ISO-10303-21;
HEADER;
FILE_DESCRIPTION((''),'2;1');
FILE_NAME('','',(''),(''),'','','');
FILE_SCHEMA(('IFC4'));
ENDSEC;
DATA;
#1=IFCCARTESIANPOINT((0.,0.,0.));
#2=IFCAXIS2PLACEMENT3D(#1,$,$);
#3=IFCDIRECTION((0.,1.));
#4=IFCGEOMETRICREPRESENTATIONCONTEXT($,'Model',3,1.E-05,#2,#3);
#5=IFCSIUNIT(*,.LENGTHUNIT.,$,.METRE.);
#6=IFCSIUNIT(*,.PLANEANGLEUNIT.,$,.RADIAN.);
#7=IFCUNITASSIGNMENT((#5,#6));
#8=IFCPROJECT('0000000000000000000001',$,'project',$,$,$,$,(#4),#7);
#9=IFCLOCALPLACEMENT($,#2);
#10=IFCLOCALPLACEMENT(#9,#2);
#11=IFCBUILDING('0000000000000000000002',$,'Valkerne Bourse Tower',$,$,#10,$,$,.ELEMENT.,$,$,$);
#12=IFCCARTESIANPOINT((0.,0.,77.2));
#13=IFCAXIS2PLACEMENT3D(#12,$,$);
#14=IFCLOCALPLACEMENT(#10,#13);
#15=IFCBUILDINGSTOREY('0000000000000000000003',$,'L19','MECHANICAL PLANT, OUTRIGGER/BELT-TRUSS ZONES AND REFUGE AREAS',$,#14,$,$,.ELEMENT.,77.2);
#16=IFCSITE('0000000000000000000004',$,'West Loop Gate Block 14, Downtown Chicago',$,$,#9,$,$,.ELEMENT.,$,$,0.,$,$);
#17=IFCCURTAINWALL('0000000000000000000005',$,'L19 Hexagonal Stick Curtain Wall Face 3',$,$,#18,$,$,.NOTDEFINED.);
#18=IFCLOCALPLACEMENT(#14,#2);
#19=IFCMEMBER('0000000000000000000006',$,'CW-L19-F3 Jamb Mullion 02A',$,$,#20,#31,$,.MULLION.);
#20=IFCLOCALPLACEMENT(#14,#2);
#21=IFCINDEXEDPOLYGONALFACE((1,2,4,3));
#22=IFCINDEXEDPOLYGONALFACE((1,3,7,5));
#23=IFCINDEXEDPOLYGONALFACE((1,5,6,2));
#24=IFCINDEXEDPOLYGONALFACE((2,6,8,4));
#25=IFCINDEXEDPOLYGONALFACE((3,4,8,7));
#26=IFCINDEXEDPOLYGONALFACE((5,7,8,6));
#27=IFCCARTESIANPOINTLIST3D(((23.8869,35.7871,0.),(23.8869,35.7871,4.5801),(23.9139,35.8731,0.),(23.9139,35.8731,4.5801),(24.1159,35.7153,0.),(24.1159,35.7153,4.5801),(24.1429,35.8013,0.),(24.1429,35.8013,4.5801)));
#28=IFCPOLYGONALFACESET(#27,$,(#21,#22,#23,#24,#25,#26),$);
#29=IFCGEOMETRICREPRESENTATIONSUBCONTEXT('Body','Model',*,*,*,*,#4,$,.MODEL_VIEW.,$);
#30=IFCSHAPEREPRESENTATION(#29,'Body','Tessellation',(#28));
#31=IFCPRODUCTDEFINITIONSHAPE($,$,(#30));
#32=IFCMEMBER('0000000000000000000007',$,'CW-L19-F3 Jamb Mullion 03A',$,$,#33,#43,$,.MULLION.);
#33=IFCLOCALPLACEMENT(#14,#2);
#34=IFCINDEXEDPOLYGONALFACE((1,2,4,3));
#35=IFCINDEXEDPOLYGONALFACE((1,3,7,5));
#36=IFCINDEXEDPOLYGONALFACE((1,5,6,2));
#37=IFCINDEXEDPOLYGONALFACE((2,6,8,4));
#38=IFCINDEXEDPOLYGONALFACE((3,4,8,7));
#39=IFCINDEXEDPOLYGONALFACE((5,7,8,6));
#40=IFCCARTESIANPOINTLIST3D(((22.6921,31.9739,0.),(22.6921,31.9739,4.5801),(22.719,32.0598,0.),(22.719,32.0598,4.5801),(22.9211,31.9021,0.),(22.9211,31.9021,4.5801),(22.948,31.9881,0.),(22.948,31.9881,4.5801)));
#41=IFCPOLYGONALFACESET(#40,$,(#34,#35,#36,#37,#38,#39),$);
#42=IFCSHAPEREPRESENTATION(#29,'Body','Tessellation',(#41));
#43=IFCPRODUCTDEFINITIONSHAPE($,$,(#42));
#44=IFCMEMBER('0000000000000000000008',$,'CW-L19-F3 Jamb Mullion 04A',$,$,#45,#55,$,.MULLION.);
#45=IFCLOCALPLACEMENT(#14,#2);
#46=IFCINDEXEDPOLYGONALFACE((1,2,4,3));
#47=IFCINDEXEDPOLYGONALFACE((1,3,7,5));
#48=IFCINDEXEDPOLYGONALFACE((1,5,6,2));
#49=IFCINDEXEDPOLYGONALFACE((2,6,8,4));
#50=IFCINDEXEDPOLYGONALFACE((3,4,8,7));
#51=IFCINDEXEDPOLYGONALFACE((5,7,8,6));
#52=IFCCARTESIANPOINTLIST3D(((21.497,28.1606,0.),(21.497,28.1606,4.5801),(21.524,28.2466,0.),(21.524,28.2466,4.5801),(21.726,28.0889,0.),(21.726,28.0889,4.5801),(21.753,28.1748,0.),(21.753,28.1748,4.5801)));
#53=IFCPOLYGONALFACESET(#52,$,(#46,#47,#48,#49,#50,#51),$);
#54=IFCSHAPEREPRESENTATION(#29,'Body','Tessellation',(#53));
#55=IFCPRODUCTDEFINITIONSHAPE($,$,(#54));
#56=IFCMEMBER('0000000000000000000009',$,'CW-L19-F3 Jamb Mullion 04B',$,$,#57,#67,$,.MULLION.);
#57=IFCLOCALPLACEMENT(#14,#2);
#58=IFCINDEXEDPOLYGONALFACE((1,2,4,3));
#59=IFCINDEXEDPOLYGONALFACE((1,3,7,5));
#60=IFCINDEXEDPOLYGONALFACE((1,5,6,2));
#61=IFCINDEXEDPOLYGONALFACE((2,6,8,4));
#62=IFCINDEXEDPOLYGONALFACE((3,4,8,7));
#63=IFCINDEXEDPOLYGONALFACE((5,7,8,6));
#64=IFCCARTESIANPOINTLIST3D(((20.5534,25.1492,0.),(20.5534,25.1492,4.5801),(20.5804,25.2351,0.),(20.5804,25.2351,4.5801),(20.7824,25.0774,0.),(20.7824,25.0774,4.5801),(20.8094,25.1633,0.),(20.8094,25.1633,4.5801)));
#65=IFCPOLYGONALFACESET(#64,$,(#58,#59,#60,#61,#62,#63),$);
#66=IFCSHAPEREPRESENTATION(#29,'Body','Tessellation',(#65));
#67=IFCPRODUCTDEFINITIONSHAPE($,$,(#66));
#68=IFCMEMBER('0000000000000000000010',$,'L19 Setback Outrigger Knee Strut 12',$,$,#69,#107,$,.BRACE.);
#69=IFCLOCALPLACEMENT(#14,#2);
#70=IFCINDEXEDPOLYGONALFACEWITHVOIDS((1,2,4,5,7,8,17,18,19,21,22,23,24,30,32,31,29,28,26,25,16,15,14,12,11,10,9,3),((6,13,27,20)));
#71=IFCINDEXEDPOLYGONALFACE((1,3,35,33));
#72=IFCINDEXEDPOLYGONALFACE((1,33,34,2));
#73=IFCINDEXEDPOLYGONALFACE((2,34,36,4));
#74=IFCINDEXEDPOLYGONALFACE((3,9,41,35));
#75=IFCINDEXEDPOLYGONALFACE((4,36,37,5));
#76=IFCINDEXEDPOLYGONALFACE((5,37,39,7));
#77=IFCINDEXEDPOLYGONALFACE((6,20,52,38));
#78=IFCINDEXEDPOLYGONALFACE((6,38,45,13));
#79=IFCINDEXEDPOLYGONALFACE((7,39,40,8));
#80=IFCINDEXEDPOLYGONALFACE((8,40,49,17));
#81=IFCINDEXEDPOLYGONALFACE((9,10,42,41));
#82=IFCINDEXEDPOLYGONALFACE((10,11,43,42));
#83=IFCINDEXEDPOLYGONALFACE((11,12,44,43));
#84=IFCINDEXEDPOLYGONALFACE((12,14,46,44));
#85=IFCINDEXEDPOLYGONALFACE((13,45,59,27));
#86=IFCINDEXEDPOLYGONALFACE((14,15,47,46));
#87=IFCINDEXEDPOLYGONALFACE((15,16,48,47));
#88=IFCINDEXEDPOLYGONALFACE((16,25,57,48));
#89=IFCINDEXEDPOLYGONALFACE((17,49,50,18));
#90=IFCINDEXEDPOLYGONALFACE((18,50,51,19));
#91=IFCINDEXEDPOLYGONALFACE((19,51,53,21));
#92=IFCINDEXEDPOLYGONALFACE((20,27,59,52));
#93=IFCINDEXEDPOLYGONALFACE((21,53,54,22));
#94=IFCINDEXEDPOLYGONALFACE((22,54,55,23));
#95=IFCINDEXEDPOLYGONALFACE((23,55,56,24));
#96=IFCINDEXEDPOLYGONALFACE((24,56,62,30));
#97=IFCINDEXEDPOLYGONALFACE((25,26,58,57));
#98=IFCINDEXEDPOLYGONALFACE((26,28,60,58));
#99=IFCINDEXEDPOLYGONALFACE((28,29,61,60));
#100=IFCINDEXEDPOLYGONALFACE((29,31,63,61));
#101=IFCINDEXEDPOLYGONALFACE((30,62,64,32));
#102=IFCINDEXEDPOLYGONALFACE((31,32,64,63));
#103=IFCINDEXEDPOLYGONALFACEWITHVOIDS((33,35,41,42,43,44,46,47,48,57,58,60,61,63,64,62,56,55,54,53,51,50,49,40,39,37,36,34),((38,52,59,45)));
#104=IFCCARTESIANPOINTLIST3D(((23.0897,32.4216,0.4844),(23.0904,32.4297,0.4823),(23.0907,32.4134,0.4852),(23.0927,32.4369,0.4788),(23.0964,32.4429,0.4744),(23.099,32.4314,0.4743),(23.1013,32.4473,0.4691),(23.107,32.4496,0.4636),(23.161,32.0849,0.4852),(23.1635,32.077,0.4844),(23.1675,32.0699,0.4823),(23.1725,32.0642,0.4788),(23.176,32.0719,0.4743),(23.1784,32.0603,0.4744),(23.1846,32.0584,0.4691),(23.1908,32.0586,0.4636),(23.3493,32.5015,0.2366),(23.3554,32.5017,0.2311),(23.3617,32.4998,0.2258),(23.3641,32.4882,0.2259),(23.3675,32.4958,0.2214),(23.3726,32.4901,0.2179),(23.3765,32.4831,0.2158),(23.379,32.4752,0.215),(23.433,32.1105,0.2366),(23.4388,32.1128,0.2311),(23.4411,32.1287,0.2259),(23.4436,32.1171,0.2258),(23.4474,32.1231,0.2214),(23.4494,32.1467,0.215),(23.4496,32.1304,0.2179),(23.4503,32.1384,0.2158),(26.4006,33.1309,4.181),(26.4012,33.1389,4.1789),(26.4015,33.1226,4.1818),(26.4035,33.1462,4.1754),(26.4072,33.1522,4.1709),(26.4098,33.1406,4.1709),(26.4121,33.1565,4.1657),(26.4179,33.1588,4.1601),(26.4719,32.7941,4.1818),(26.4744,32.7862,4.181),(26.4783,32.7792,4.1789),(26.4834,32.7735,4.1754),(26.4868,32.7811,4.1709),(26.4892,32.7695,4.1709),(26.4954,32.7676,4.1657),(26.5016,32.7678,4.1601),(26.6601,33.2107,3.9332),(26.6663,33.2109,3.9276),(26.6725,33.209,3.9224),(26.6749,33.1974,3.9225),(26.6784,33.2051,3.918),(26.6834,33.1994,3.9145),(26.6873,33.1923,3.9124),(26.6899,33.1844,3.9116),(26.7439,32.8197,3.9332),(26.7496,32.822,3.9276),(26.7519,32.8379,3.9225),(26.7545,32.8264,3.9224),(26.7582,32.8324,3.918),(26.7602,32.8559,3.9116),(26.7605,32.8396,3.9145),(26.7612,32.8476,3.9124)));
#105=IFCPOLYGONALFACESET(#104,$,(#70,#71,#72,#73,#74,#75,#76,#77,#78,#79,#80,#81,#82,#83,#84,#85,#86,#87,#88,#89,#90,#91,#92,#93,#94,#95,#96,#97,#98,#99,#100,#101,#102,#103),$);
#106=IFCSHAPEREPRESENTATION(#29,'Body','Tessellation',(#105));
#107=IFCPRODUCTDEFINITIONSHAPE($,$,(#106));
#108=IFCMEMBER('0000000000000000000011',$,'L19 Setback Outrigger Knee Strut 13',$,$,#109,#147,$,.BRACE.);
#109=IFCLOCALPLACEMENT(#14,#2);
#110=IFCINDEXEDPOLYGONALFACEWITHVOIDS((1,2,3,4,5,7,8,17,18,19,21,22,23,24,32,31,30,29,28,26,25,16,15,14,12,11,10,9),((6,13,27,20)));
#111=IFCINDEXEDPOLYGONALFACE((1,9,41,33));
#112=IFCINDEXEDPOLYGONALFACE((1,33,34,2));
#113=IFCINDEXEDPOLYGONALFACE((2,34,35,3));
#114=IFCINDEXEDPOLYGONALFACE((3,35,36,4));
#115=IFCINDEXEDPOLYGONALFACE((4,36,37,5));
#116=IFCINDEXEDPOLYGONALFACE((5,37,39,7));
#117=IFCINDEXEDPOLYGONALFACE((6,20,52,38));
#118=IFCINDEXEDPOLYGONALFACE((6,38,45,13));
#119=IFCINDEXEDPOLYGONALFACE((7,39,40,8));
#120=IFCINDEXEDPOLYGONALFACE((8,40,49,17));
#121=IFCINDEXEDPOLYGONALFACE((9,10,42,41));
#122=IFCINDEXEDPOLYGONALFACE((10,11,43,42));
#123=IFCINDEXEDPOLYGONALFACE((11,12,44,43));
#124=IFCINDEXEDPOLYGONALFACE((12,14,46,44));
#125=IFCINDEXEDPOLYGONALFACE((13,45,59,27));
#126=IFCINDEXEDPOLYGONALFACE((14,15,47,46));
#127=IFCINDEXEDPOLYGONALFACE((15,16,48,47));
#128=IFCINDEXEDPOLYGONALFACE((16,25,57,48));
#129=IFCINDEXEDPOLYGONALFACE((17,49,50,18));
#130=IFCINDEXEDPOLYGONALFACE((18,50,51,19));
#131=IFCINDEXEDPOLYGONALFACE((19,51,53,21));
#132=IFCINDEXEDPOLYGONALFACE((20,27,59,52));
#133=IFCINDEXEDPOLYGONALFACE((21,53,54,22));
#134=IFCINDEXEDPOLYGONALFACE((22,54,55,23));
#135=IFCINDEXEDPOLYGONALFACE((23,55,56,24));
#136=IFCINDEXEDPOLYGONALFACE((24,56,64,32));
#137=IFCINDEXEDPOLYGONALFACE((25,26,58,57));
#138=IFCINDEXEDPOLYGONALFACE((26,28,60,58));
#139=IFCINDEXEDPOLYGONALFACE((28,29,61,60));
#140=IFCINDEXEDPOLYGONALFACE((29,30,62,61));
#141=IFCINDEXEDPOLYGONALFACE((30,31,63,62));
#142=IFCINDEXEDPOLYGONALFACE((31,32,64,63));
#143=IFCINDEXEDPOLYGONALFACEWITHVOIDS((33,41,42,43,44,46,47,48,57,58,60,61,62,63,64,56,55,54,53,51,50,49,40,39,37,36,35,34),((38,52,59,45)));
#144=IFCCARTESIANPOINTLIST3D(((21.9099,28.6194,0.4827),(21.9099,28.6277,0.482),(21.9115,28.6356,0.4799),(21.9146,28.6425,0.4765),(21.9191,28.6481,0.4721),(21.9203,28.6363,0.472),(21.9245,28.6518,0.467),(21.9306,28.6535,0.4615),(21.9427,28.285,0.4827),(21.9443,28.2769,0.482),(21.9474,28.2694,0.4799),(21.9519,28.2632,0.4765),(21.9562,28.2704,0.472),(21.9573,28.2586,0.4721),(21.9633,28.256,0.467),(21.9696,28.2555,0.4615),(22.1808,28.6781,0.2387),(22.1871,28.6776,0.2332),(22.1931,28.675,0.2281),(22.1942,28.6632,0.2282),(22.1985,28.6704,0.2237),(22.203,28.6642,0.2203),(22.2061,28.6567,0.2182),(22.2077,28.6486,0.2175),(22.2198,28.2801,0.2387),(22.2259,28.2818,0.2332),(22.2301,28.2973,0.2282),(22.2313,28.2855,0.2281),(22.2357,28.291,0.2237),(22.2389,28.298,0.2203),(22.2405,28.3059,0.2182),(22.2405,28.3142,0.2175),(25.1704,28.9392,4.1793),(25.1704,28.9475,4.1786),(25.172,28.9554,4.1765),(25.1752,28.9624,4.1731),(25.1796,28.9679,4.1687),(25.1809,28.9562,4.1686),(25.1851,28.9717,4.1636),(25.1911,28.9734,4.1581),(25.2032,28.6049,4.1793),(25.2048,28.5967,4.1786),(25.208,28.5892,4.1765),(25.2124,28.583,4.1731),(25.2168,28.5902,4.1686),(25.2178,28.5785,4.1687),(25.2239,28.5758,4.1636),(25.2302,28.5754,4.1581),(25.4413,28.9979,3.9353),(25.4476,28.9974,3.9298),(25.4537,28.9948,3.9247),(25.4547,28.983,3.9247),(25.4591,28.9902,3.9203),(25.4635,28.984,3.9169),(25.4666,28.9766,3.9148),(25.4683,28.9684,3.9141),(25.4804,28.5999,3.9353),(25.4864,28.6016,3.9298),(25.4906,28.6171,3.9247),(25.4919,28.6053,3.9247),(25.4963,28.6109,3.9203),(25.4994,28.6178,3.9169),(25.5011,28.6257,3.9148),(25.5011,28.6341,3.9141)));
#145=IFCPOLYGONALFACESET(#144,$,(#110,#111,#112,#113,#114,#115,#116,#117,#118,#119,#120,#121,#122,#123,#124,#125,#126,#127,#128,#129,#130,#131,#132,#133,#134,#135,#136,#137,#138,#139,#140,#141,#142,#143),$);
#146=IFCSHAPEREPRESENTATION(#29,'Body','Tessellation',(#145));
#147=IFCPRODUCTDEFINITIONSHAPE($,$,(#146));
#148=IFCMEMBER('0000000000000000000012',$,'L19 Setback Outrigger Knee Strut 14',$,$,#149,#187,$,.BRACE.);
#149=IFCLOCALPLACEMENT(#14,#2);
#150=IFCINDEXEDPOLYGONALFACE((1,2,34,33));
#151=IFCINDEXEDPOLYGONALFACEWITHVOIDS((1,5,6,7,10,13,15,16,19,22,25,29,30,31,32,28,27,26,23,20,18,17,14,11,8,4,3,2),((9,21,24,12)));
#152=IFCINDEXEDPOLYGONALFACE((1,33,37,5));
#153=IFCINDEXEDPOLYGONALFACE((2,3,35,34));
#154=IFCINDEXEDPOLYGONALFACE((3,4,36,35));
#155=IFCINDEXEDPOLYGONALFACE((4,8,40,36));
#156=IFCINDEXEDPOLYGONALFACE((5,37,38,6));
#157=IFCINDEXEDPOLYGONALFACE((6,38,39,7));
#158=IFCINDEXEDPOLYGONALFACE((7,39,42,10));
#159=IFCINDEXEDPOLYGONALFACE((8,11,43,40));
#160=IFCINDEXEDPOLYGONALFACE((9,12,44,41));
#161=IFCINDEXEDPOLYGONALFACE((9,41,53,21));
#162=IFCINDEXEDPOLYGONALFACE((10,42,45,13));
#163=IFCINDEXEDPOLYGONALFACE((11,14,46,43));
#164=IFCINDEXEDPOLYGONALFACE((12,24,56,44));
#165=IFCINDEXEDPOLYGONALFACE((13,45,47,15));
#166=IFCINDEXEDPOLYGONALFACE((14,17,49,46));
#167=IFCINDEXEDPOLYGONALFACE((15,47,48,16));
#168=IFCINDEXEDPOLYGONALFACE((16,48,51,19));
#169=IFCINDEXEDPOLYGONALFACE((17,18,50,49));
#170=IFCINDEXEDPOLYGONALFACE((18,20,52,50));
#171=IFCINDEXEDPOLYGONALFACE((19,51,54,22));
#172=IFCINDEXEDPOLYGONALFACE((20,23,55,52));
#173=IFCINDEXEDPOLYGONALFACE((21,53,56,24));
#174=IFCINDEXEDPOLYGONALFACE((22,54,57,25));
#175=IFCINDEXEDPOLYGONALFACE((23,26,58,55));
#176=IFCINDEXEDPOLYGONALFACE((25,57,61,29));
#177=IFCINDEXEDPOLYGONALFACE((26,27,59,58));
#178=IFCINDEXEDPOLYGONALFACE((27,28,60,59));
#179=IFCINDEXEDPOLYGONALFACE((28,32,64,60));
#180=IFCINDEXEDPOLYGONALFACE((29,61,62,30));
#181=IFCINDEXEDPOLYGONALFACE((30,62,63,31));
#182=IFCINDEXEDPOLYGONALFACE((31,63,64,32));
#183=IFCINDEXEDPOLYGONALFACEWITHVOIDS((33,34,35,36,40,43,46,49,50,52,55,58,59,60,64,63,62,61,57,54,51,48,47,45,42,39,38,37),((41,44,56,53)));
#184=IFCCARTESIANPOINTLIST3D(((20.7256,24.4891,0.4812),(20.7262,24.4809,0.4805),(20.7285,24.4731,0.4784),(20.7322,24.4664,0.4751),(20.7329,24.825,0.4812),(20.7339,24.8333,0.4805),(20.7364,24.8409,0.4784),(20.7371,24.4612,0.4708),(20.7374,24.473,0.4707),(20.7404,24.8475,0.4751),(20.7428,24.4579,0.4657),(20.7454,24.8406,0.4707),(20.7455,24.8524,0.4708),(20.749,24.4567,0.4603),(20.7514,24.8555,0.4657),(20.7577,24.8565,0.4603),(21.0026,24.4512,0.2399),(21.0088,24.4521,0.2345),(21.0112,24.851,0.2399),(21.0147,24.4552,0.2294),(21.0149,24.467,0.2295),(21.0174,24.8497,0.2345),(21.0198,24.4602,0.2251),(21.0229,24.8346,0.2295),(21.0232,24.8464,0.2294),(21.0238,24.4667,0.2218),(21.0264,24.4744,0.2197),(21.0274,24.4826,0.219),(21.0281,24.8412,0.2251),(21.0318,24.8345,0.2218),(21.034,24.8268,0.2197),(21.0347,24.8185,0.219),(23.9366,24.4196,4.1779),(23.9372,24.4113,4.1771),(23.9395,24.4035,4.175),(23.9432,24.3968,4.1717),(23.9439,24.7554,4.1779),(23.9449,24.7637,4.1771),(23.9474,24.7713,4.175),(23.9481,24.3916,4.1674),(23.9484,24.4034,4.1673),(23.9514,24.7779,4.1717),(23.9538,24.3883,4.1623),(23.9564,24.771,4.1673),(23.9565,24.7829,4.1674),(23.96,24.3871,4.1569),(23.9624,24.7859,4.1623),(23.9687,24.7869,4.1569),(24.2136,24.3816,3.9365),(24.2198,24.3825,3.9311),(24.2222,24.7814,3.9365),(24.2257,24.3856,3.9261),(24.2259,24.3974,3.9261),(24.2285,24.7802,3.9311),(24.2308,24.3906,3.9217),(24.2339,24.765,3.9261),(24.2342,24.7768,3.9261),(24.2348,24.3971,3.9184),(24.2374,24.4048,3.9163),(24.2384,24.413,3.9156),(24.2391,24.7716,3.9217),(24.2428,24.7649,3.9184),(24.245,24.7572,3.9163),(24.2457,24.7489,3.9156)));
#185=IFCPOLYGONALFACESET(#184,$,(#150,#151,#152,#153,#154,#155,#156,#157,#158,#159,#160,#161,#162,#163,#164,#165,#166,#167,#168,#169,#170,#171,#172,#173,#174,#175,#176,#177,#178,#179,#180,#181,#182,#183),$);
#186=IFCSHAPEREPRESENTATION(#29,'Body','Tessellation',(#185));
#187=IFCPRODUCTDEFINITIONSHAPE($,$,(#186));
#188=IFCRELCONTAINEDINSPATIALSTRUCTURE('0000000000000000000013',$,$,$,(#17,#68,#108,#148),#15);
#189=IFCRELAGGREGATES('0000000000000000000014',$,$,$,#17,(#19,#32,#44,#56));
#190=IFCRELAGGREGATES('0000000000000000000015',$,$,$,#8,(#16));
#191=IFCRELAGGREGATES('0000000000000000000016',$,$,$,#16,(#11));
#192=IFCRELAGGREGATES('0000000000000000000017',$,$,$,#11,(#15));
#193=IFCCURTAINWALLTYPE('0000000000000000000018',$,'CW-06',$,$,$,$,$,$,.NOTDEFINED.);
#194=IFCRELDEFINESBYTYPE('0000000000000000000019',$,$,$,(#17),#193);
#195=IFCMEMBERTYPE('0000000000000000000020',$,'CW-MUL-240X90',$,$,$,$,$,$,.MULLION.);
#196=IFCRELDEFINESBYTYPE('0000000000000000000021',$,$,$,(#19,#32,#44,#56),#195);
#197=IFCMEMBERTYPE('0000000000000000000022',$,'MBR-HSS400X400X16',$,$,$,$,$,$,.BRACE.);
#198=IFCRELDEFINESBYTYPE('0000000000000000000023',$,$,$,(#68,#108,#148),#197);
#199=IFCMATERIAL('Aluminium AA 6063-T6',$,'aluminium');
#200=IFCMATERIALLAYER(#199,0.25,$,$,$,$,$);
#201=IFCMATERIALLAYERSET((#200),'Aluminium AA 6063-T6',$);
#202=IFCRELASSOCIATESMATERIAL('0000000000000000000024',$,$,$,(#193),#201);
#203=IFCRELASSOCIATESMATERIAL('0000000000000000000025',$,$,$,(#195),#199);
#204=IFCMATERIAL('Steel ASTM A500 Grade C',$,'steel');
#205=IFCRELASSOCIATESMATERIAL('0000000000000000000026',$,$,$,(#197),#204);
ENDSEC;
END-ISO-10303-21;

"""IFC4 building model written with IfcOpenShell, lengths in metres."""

from ifc_helpers import new_model, si_unit, direction, frame, origin, origin_2d, place, context, subcontext, project, spatial, rectangle, hollow_rectangle, extrude, material, layer, layer_set, material_profile, profile_set, type_object, element, aggregate, save


model = new_model("IFC4")

# Units and contexts
model_context = context("Model", 3, precision=1e-05, world=origin(), true_north=direction((0.0, 1.0)))
body_context = subcontext(model_context, "Body", "Model", "MODEL_VIEW")
ifc_project = project(units=[si_unit("LENGTHUNIT", "METRE"), si_unit("PLANEANGLEUNIT", "RADIAN")], contexts=[model_context])

# Site, building, storey
site_placement = place(None, origin())
site = spatial("IfcSite", under=ifc_project, at=site_placement, Name="West Loop Gate Block 14, Downtown Chicago", CompositionType="ELEMENT", RefElevation=0.0)
building_placement = place(site_placement, origin())
building = spatial("IfcBuilding", under=site, at=building_placement, Name="Valkerne Bourse Tower", CompositionType="ELEMENT")
storey_placement = place(building_placement, frame((0.0, 0.0, 77.2)))
storey = spatial("IfcBuildingStorey", under=building, at=storey_placement, Name="L19", Description="MECHANICAL PLANT, OUTRIGGER/BELT-TRUSS ZONES AND REFUGE AREAS", CompositionType="ELEMENT", Elevation=77.2)

# Curtain wall, members
ifc_material_1 = material(Name="Aluminium AA 6063-T6", Category="aluminium")
ifc_layer_1 = layer(ifc_material_1, 0.25)
ifc_layer_set_1 = layer_set([ifc_layer_1], Name="Aluminium AA 6063-T6")
curtain_wall_type = type_object("IfcCurtainWallType", Name="CW-06", PredefinedType="NOTDEFINED", material=ifc_layer_set_1)
curtain_wall_placement = place(storey_placement, origin())
curtain_wall = element("IfcCurtainWall", 1, at=curtain_wall_placement, inside=storey, type_object=curtain_wall_type, Name="L19 Hexagonal Stick Curtain Wall Face 3", PredefinedType="NOTDEFINED")
ifc_material_profile_1 = material_profile(ifc_material_1, rectangle(XDim=0.0901, YDim=0.24, at=origin_2d()), Name="CWM-90X240")
ifc_profile_set_1 = profile_set([ifc_material_profile_1], Name="Aluminium AA 6063-T6")
member_type_1 = type_object("IfcMemberType", Name="CW-MUL-240X90", PredefinedType="MULLION", material=ifc_profile_set_1)
member_1_placement = place(storey_placement, frame((24.0149, 35.7942, 0.0), z_axis=(0.0, 0.0, 1.0), x_axis=(-0.299044, -0.954239, 0.0)))
member_1 = element("IfcMember", 2, at=member_1_placement, type_object=member_type_1, Name="CW-L19-F3 Jamb Mullion 02A", PredefinedType="MULLION", context=body_context, shape_type="SweptSolid", body=[
    extrude(rectangle(XDim=0.0901, YDim=0.24, at=origin_2d()), origin(), (0.0, 0.0, 1.0), 4.5801),
])
member_2_placement = place(storey_placement, frame((22.8201, 31.981, 0.0), z_axis=(0.0, 0.0, 1.0), x_axis=(-0.299029, -0.954244, 0.0)))
member_2 = element("IfcMember", 3, at=member_2_placement, type_object=member_type_1, Name="CW-L19-F3 Jamb Mullion 03A", PredefinedType="MULLION", context=body_context, shape_type="SweptSolid", body=[
    extrude(rectangle(XDim=0.0901, YDim=0.24, at=origin_2d()), origin(), (0.0, 0.0, 1.0), 4.5801),
])
member_3_placement = place(storey_placement, frame((21.625, 28.1677, 0.0), z_axis=(0.0, 0.0, 1.0), x_axis=(-0.299044, -0.954239, 0.0)))
member_3 = element("IfcMember", 4, at=member_3_placement, type_object=member_type_1, Name="CW-L19-F3 Jamb Mullion 04A", PredefinedType="MULLION", context=body_context, shape_type="SweptSolid", body=[
    extrude(rectangle(XDim=0.0901, YDim=0.24, at=origin_2d()), origin(), (0.0, 0.0, 1.0), 4.5801),
])
member_4_placement = place(storey_placement, frame((20.6814, 25.1562, 0.0), z_axis=(0.0, 0.0, 1.0), x_axis=(-0.299044, -0.954239, 0.0)))
member_4 = element("IfcMember", 5, at=member_4_placement, type_object=member_type_1, Name="CW-L19-F3 Jamb Mullion 04B", PredefinedType="MULLION", context=body_context, shape_type="SweptSolid", body=[
    extrude(rectangle(XDim=0.0901, YDim=0.24, at=origin_2d()), origin(), (0.0, 0.0, 1.0), 4.5801),
])

# Members
ifc_material_2 = material(Name="Steel ASTM A500 Grade C", Category="steel")
ifc_material_profile_2 = material_profile(ifc_material_2, hollow_rectangle(XDim=0.3999, YDim=0.3999, WallThickness=0.0161, OuterFilletRadius=0.032, at=origin_2d()), Name="HSS400X400X16")
ifc_profile_set_2 = profile_set([ifc_material_profile_2], Name="Steel ASTM A500 Grade C")
member_type_2 = type_object("IfcMemberType", Name="MBR-HSS400X400X16", PredefinedType="BRACE", material=ifc_profile_set_2)
member_5_placement = place(storey_placement, frame((23.27, 32.28, 0.3501), z_axis=(0.66046, 0.141482, 0.737411), x_axis=(-0.209465, 0.977816, 0.0)))
element("IfcMember", 6, at=member_5_placement, inside=storey, type_object=member_type_2, Name="L19 Setback Outrigger Knee Strut 12", PredefinedType="BRACE", context=body_context, shape_type="SweptSolid", body=[
    extrude(hollow_rectangle(XDim=0.3999, YDim=0.3999, WallThickness=0.0161, OuterFilletRadius=0.032, at=origin_2d()), origin(), (0.0, 0.0, 1.0), 5.0129),
])
member_6_placement = place(storey_placement, frame((22.0752, 28.4668, 0.3501), z_axis=(0.660102, 0.06475, 0.74838), x_axis=(-0.097622, 0.995224, 0.0)))
element("IfcMember", 7, at=member_6_placement, inside=storey, type_object=member_type_2, Name="L19 Setback Outrigger Knee Strut 13", PredefinedType="BRACE", context=body_context, shape_type="SweptSolid", body=[
    extrude(hollow_rectangle(XDim=0.3999, YDim=0.3999, WallThickness=0.0161, OuterFilletRadius=0.032, at=origin_2d()), origin(), (0.0, 0.0, 1.0), 4.9395),
])
member_7_placement = place(storey_placement, frame((20.8801, 24.6538, 0.3501), z_axis=(0.655712, -0.014209, 0.754877), x_axis=(0.021665, 0.999765, 0.0)))
element("IfcMember", 8, at=member_7_placement, inside=storey, type_object=member_type_2, Name="L19 Setback Outrigger Knee Strut 14", PredefinedType="BRACE", context=body_context, shape_type="SweptSolid", body=[
    extrude(hollow_rectangle(XDim=0.3999, YDim=0.3999, WallThickness=0.0161, OuterFilletRadius=0.032, at=origin_2d()), origin(), (0.0, 0.0, 1.0), 4.897),
])

aggregate(curtain_wall, [member_1, member_2, member_3, member_4])

save(model, "model.ifc")
